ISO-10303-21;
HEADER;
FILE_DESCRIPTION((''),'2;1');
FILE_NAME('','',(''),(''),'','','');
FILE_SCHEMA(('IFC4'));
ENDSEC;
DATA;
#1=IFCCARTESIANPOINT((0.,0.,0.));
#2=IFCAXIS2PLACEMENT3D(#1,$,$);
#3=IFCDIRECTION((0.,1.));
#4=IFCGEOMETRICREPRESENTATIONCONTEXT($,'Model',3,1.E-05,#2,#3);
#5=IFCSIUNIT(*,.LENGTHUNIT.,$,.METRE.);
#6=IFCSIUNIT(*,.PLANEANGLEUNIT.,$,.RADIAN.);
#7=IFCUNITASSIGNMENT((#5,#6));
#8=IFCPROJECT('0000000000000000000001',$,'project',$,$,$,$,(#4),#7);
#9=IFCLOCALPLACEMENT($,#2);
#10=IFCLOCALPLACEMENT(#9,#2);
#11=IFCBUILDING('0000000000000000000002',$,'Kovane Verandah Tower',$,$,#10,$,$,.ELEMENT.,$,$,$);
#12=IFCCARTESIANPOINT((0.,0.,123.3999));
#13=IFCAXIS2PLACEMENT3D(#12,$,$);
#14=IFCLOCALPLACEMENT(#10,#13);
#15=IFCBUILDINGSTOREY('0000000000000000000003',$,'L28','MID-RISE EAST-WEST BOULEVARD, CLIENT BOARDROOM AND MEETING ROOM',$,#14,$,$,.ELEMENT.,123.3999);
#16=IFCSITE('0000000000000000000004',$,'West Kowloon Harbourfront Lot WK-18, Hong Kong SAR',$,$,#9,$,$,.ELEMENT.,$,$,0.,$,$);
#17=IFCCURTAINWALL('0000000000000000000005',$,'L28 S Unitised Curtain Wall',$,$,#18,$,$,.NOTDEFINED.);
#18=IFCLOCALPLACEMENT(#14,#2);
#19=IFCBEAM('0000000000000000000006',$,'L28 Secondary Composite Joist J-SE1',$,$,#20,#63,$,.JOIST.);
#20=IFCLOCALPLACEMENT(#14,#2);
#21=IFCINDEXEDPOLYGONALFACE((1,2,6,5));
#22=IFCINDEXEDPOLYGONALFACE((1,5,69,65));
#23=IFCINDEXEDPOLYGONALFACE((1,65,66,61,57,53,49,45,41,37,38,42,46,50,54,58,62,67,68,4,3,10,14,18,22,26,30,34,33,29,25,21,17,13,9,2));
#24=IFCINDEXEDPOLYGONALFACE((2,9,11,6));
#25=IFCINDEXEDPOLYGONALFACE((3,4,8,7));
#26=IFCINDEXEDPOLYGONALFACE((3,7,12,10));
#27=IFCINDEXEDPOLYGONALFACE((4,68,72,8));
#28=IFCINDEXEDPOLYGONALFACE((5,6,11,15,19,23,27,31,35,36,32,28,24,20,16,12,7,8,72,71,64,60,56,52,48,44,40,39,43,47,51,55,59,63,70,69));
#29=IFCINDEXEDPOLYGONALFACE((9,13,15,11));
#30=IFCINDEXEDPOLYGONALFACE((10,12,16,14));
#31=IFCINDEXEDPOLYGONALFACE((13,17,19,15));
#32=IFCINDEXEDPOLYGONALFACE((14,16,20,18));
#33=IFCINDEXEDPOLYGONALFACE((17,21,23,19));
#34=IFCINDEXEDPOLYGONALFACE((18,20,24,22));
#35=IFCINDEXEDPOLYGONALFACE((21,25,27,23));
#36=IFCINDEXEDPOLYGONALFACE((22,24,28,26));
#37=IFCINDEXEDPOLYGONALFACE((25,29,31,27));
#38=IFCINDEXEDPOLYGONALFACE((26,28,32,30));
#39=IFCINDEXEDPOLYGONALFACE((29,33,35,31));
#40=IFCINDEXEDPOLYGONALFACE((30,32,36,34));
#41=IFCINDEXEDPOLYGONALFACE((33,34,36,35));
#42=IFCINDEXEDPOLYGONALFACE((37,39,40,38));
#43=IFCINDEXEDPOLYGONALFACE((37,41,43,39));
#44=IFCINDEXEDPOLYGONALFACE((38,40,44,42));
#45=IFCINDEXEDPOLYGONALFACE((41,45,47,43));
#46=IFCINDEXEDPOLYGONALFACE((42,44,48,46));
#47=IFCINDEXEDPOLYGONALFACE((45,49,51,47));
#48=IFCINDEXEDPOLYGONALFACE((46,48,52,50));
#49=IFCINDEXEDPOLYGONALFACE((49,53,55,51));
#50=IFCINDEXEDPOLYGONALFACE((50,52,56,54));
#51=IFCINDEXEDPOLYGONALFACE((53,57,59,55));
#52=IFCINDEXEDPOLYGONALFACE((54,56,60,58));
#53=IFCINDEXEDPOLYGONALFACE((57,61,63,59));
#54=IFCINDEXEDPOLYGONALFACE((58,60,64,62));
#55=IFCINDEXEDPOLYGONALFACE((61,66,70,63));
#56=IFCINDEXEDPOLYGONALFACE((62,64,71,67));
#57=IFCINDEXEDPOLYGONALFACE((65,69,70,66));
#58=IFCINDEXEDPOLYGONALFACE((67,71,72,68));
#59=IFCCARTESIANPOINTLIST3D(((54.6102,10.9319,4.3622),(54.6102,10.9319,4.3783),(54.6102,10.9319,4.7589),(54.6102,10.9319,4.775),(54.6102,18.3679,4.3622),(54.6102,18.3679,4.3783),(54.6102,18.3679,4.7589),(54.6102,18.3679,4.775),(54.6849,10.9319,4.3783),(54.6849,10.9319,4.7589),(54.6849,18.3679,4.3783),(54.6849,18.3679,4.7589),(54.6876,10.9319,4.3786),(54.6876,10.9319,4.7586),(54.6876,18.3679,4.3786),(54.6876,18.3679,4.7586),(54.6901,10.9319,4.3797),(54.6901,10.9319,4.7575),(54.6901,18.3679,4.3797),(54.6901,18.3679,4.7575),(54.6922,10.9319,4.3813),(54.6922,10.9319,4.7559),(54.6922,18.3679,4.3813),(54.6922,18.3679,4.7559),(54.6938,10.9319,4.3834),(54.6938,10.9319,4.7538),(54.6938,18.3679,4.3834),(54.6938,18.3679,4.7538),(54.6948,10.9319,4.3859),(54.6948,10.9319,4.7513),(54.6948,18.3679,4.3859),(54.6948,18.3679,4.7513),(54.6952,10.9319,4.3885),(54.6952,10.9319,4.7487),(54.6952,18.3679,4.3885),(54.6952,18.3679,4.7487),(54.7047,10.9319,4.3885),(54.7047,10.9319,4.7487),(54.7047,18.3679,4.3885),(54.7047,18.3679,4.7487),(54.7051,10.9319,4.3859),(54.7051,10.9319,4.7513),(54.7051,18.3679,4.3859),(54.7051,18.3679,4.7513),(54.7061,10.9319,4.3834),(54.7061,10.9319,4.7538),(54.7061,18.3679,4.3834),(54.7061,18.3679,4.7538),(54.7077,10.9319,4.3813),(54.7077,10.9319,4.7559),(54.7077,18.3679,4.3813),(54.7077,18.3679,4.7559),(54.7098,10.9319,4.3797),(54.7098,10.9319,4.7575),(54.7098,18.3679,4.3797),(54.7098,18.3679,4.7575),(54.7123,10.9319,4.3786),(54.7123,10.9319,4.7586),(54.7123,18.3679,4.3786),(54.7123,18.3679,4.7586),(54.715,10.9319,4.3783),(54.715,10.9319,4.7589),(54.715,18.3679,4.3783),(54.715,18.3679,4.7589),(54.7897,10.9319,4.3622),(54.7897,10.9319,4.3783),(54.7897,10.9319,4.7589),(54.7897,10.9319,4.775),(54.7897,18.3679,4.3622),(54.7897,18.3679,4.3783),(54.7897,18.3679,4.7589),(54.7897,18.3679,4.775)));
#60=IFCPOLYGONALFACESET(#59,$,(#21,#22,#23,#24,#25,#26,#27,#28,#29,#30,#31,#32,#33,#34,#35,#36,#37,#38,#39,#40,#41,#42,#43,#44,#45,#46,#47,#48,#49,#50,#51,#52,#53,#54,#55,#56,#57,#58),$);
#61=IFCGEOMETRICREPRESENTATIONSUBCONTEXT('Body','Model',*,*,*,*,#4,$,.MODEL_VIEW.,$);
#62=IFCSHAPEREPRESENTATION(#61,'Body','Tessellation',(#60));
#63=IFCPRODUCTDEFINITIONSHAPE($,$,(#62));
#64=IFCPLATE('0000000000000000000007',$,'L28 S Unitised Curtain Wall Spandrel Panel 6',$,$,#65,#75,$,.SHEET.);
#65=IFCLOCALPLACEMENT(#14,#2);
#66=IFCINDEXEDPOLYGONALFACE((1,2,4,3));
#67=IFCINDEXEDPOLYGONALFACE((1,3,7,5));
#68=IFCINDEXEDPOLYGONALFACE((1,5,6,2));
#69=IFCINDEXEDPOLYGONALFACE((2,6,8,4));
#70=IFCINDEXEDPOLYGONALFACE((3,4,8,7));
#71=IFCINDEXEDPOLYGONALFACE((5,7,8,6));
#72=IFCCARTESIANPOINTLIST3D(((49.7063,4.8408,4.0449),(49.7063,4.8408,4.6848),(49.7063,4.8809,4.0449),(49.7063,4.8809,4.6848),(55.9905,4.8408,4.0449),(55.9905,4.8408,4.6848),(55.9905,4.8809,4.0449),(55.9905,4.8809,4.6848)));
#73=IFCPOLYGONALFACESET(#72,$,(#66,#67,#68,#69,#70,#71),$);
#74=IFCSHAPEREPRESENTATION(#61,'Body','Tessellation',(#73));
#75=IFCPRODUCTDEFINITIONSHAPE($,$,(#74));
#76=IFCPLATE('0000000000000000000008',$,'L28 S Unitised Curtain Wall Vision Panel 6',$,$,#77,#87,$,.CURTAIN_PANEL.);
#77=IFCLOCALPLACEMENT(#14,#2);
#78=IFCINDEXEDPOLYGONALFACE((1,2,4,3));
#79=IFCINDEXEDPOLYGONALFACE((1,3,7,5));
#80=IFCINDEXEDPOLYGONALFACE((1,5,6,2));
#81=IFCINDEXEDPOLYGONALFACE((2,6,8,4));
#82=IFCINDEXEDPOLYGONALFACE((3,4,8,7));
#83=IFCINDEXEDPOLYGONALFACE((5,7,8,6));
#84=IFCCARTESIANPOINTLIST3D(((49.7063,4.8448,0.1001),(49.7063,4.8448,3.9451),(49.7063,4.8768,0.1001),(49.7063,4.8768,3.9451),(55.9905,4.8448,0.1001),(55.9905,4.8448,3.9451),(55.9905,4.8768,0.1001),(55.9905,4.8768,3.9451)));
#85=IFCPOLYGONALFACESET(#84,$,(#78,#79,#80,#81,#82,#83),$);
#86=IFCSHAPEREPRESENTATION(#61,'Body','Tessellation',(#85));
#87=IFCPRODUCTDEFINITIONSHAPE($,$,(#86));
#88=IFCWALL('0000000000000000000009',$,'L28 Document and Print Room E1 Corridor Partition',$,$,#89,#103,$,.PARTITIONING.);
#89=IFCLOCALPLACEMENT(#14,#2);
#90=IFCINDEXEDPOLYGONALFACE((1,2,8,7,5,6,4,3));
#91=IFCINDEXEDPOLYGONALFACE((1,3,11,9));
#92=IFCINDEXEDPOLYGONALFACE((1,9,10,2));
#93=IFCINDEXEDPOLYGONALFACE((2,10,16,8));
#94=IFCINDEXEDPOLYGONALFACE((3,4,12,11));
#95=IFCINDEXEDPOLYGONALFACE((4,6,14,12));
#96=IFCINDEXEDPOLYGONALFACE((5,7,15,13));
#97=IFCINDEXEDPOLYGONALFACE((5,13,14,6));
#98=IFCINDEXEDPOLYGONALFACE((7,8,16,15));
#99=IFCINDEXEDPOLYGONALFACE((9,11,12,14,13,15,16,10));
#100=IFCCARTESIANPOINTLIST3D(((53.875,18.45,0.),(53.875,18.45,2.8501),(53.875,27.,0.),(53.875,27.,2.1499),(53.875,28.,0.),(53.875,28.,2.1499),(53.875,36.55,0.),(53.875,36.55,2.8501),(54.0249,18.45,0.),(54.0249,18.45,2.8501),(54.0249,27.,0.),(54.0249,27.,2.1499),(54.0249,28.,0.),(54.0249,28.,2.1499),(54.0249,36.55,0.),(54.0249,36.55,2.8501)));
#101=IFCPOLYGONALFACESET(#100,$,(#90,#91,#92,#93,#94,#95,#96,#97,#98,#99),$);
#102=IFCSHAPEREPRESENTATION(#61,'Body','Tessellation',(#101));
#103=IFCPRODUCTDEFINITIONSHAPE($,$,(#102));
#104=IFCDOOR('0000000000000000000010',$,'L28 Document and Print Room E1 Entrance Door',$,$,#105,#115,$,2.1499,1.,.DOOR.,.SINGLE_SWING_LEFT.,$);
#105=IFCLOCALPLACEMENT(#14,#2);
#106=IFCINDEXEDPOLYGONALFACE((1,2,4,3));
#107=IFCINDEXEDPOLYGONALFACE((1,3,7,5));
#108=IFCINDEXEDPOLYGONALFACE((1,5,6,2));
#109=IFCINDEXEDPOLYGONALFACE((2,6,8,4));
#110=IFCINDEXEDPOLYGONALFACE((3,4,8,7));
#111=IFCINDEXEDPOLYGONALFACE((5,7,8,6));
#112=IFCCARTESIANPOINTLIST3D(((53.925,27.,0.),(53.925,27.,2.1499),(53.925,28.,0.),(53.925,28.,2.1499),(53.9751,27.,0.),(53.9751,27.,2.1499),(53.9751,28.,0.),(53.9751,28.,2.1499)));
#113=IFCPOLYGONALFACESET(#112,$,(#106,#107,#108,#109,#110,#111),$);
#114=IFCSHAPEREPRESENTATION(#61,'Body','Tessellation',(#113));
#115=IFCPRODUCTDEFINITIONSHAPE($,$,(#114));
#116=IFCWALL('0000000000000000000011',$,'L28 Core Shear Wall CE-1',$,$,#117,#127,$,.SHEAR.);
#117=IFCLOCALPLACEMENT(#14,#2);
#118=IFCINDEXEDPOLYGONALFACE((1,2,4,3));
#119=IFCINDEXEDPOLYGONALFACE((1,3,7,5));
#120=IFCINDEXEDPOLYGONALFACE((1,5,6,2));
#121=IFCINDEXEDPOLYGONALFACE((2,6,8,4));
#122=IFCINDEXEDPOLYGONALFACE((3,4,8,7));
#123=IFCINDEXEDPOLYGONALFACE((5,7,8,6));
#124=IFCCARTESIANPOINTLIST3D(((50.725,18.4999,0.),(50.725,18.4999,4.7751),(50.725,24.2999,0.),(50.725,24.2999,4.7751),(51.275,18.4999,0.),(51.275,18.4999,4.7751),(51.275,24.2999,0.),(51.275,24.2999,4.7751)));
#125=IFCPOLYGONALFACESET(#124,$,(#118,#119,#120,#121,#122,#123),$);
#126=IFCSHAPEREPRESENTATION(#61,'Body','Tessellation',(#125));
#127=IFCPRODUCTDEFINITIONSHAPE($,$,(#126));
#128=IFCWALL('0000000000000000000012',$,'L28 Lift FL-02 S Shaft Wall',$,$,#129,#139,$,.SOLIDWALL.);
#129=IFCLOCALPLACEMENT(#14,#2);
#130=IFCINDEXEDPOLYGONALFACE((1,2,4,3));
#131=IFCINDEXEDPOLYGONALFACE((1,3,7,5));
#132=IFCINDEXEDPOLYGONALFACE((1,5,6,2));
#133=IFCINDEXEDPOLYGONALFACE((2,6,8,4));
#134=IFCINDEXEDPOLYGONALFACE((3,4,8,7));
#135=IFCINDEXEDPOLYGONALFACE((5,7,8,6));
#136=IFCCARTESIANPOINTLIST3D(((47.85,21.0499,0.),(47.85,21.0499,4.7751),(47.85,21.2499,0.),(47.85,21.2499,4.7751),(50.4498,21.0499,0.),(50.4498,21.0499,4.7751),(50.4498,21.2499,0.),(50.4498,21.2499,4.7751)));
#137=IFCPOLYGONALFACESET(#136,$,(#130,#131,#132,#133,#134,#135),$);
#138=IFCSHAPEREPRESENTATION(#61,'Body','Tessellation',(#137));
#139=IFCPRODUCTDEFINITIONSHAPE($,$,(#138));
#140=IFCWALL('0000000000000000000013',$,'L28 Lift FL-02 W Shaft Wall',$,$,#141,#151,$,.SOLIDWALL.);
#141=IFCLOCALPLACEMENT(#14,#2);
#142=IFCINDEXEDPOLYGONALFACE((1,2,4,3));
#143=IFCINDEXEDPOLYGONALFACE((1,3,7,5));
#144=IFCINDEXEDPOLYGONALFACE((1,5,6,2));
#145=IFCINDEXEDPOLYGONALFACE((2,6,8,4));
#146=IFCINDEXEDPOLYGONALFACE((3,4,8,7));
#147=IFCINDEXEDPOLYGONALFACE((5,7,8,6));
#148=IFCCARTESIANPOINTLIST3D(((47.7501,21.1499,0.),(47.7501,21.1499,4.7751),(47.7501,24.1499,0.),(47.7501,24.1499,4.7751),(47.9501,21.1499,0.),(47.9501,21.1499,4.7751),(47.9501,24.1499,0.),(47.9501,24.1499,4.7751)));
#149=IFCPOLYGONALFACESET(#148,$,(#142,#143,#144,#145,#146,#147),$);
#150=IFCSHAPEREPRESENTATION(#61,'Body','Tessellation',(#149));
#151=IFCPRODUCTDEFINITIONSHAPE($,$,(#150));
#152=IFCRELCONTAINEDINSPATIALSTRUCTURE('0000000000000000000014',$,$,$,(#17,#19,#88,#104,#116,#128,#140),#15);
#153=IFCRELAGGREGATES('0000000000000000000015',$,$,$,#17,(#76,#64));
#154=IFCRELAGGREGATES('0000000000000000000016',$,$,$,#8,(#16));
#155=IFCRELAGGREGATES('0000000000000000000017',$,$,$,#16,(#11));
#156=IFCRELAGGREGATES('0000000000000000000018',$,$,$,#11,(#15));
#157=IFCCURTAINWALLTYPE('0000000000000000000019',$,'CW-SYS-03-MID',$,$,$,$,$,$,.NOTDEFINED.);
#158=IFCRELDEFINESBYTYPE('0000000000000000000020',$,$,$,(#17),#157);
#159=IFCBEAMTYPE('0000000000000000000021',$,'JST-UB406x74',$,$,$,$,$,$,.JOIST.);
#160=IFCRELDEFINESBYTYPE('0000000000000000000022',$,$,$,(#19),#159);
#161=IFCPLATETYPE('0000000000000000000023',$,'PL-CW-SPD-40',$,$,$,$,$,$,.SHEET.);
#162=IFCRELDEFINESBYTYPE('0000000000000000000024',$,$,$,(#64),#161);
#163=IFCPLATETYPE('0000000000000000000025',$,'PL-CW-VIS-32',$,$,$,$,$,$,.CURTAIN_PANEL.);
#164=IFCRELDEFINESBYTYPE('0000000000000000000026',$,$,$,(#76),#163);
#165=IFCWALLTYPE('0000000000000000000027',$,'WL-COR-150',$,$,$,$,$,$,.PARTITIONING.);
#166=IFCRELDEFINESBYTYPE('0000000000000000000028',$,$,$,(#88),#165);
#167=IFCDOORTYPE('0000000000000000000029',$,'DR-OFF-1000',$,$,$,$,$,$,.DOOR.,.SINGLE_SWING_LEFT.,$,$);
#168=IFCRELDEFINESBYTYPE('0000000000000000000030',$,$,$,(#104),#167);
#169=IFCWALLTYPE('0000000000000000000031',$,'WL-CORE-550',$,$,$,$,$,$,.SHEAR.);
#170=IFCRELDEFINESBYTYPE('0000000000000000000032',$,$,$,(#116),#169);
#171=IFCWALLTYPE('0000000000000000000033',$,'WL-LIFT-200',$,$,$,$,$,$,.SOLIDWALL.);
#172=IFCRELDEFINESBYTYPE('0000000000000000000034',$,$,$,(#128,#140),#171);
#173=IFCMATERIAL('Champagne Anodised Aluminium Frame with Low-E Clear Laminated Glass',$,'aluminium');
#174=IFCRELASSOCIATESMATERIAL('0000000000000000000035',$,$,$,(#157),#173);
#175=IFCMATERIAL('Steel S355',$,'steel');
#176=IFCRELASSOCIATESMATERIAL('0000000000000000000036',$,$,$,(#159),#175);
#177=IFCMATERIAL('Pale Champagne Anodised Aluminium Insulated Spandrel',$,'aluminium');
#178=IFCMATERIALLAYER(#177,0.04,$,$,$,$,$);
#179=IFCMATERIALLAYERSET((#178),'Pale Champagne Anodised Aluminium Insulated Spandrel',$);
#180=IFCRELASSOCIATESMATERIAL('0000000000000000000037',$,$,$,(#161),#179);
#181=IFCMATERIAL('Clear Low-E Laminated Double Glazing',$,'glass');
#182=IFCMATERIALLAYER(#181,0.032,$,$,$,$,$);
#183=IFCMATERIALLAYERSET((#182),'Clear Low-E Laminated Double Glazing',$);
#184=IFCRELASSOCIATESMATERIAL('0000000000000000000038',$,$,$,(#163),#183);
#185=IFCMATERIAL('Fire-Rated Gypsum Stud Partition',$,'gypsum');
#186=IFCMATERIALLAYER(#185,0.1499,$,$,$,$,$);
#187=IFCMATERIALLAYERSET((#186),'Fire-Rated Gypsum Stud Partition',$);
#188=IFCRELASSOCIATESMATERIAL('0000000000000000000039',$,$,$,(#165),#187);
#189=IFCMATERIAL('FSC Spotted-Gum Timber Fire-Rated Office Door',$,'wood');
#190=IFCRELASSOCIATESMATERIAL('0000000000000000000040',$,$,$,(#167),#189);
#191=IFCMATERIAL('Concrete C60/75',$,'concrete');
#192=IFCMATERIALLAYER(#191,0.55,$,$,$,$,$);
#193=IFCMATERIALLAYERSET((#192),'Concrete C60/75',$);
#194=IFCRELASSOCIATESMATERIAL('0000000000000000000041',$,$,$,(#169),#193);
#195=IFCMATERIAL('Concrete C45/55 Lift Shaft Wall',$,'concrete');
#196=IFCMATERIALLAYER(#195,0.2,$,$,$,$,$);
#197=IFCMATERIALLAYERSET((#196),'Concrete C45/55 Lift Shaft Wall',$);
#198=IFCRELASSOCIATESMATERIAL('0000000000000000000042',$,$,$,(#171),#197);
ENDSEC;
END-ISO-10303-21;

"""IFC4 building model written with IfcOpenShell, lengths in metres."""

from ifc_helpers import new_model, si_unit, direction, frame, frame_2d, origin, origin_2d, place, context, subcontext, project, spatial, rectangle, i_section, extrude, material, layer, layer_set, material_profile, profile_set, type_object, element, fill, aggregate, save


model = new_model("IFC4")

# Units and contexts
model_context = context("Model", 3, precision=1e-05, world=origin(), true_north=direction((0.0, 1.0)))
body_context = subcontext(model_context, "Body", "Model", "MODEL_VIEW")
ifc_project = project(units=[si_unit("LENGTHUNIT", "METRE"), si_unit("PLANEANGLEUNIT", "RADIAN")], contexts=[model_context])

# Site, building, storey
site_placement = place(None, origin())
site = spatial("IfcSite", under=ifc_project, at=site_placement, Name="West Kowloon Harbourfront Lot WK-18, Hong Kong SAR", CompositionType="ELEMENT", RefElevation=0.0)
building_placement = place(site_placement, origin())
building = spatial("IfcBuilding", under=site, at=building_placement, Name="Kovane Verandah Tower", CompositionType="ELEMENT")
storey_placement = place(building_placement, frame((0.0, 0.0, 123.3999)))
storey = spatial("IfcBuildingStorey", under=building, at=storey_placement, Name="L28", Description="MID-RISE EAST-WEST BOULEVARD, CLIENT BOARDROOM AND MEETING ROOM", CompositionType="ELEMENT", Elevation=123.3999)

# Shared definitions
ifc_material_1 = material(Name="Concrete C60/75", Category="concrete")
ifc_material_2 = material(Name="Steel S355", Category="steel")

# Curtain wall
ifc_material_3 = material(Name="Champagne Anodised Aluminium Frame with Low-E Clear Laminated Glass", Category="aluminium")
curtain_wall_type = type_object("IfcCurtainWallType", Name="CW-SYS-03-MID", PredefinedType="NOTDEFINED", material=ifc_material_3)
curtain_wall_placement = place(storey_placement, origin())
curtain_wall = element("IfcCurtainWall", 1, at=curtain_wall_placement, inside=storey, type_object=curtain_wall_type, Name="L28 S Unitised Curtain Wall", PredefinedType="NOTDEFINED")

# Beam
ifc_material_profile_1 = material_profile(ifc_material_2, i_section(OverallWidth=0.1794, OverallDepth=0.4128, WebThickness=0.0095, FlangeThickness=0.0161, FilletRadius=0.0103, at=origin_2d()), Name="UB406x178x74")
ifc_profile_set_1 = profile_set([ifc_material_profile_1], Name="Steel S355")
beam_type_1 = type_object("IfcBeamType", Name="JST-UB406x74", PredefinedType="JOIST", material=ifc_profile_set_1)
beam_1_placement = place(storey_placement, frame((54.7, 10.9319, 4.5686), z_axis=(0.0, 1.0, 0.0), x_axis=(-1.0, 0.0, 0.0)))
element("IfcBeam", 2, at=beam_1_placement, inside=storey, type_object=beam_type_1, Name="L28 Secondary Composite Joist J-SE1", PredefinedType="JOIST", context=body_context, shape_type="SweptSolid", body=[
    extrude(i_section(OverallWidth=0.1794, OverallDepth=0.4128, WebThickness=0.0095, FlangeThickness=0.0161, FilletRadius=0.0103, at=origin_2d()), origin(), (0.0, 0.0, 1.0), 7.436),
])

# Plates
ifc_material_4 = material(Name="Pale Champagne Anodised Aluminium Insulated Spandrel", Category="aluminium")
ifc_layer_1 = layer(ifc_material_4, 0.04)
ifc_layer_set_1 = layer_set([ifc_layer_1], Name="Pale Champagne Anodised Aluminium Insulated Spandrel")
plate_type_1 = type_object("IfcPlateType", Name="PL-CW-SPD-40", PredefinedType="SHEET", material=ifc_layer_set_1)
plate_1_placement = place(storey_placement, frame((52.8484, 4.8608, 4.0449), z_axis=(0.0, 0.0, 1.0), x_axis=(1.0, 0.0, 0.0)))
plate_1 = element("IfcPlate", 3, at=plate_1_placement, type_object=plate_type_1, Name="L28 S Unitised Curtain Wall Spandrel Panel 6", PredefinedType="SHEET", context=body_context, shape_type="SweptSolid", body=[
    extrude(rectangle(XDim=6.2842, YDim=0.04, at=origin_2d()), origin(), (0.0, 0.0, 1.0), 0.6399),
])
ifc_material_5 = material(Name="Clear Low-E Laminated Double Glazing", Category="glass")
ifc_layer_2 = layer(ifc_material_5, 0.032)
ifc_layer_set_2 = layer_set([ifc_layer_2], Name="Clear Low-E Laminated Double Glazing")
plate_type_2 = type_object("IfcPlateType", Name="PL-CW-VIS-32", PredefinedType="CURTAIN_PANEL", material=ifc_layer_set_2)
plate_2_placement = place(storey_placement, frame((52.8484, 4.8608, 0.1001), z_axis=(0.0, 0.0, 1.0), x_axis=(1.0, 0.0, 0.0)))
plate_2 = element("IfcPlate", 4, at=plate_2_placement, type_object=plate_type_2, Name="L28 S Unitised Curtain Wall Vision Panel 6", PredefinedType="CURTAIN_PANEL", context=body_context, shape_type="SweptSolid", body=[
    extrude(rectangle(XDim=6.2842, YDim=0.032, at=origin_2d()), origin(), (0.0, 0.0, 1.0), 3.845),
])
aggregate(curtain_wall, [plate_2, plate_1])

# Wall, opening, door
ifc_material_6 = material(Name="Fire-Rated Gypsum Stud Partition", Category="gypsum")
ifc_layer_3 = layer(ifc_material_6, 0.1499)
ifc_layer_set_3 = layer_set([ifc_layer_3], Name="Fire-Rated Gypsum Stud Partition")
wall_type_1 = type_object("IfcWallType", Name="WL-COR-150", PredefinedType="PARTITIONING", material=ifc_layer_set_3)
wall_1_placement = place(storey_placement, frame((53.95, 18.45, 0.0), z_axis=(0.0, 0.0, 1.0), x_axis=(0.0, 1.0, 0.0)))
wall_1 = element("IfcWall", 5, at=wall_1_placement, inside=storey, type_object=wall_type_1, Name="L28 Document and Print Room E1 Corridor Partition", PredefinedType="PARTITIONING", context=body_context, shape_type="SweptSolid", body=[
    extrude(rectangle(XDim=18.1001, YDim=0.1499, at=frame_2d((9.05, 0.0))), origin(), (0.0, 0.0, 1.0), 2.8501),
])
opening_1_placement = place(wall_1_placement, frame((8.55, 0.0, 0.0)))
opening_1 = element("IfcOpeningElement", 6, at=opening_1_placement, cuts=wall_1, PredefinedType="OPENING", context=body_context, shape_type="SweptSolid", body=[
    extrude(rectangle(XDim=1.0, YDim=2.1499, at=frame_2d((0.5, 1.075))), frame((0.0, 0.075, 0.0), z_axis=(0.0, -1.0, 0.0), x_axis=(1.0, 0.0, 0.0)), (0.0, 0.0, 1.0), 0.1499),
])
ifc_material_7 = material(Name="FSC Spotted-Gum Timber Fire-Rated Office Door", Category="wood")
door_type_1 = type_object("IfcDoorType", Name="DR-OFF-1000", OperationType="SINGLE_SWING_LEFT", PredefinedType="DOOR", material=ifc_material_7)
door_1_placement = place(opening_1_placement, origin())
door_1 = element("IfcDoor", 7, at=door_1_placement, inside=storey, type_object=door_type_1, Name="L28 Document and Print Room E1 Entrance Door", OperationType="SINGLE_SWING_LEFT", OverallHeight=2.1499, OverallWidth=1.0, PredefinedType="DOOR", context=body_context, shape_type="SweptSolid", body=[
    extrude(rectangle(XDim=1.0, YDim=2.1499, at=frame_2d((0.5, 1.075))), frame((0.0, 0.0249, 0.0), z_axis=(0.0, -1.0, 0.0), x_axis=(1.0, 0.0, 0.0)), (0.0, 0.0, 1.0), 0.05),
])
fill(opening_1, door_1)

# Walls
ifc_layer_4 = layer(ifc_material_1, 0.55)
ifc_layer_set_4 = layer_set([ifc_layer_4], Name="Concrete C60/75")
wall_type_2 = type_object("IfcWallType", Name="WL-CORE-550", PredefinedType="SHEAR", material=ifc_layer_set_4)
wall_2_placement = place(storey_placement, frame((51.0, 18.5, 0.0), z_axis=(0.0, 0.0, 1.0), x_axis=(0.0, 1.0, 0.0)))
element("IfcWall", 8, at=wall_2_placement, inside=storey, type_object=wall_type_2, Name="L28 Core Shear Wall CE-1", PredefinedType="SHEAR", context=body_context, shape_type="SweptSolid", body=[
    extrude(rectangle(XDim=5.8, YDim=0.55, at=frame_2d((2.8999, 0.0))), origin(), (0.0, 0.0, 1.0), 4.7751),
])
ifc_material_8 = material(Name="Concrete C45/55 Lift Shaft Wall", Category="concrete")
ifc_layer_5 = layer(ifc_material_8, 0.2)
ifc_layer_set_5 = layer_set([ifc_layer_5], Name="Concrete C45/55 Lift Shaft Wall")
wall_type_3 = type_object("IfcWallType", Name="WL-LIFT-200", PredefinedType="SOLIDWALL", material=ifc_layer_set_5)
wall_3_placement = place(storey_placement, frame((47.8501, 21.1499, 0.0), z_axis=(0.0, 0.0, 1.0), x_axis=(1.0, 0.0, 0.0)))
element("IfcWall", 9, at=wall_3_placement, inside=storey, type_object=wall_type_3, Name="L28 Lift FL-02 S Shaft Wall", PredefinedType="SOLIDWALL", context=body_context, shape_type="SweptSolid", body=[
    extrude(rectangle(XDim=2.5999, YDim=0.2, at=frame_2d((1.2998, 0.0))), origin(), (0.0, 0.0, 1.0), 4.7751),
])

# Wall
wall_4_placement = place(storey_placement, frame((47.8501, 24.1499, 0.0), z_axis=(0.0, 0.0, 1.0), x_axis=(0.0, -1.0, 0.0)))
element("IfcWall", 10, at=wall_4_placement, inside=storey, type_object=wall_type_3, Name="L28 Lift FL-02 W Shaft Wall", PredefinedType="SOLIDWALL", context=body_context, shape_type="SweptSolid", body=[
    extrude(rectangle(XDim=3.0, YDim=0.2, at=frame_2d((1.5, 0.0))), origin(), (0.0, 0.0, 1.0), 4.7751),
])

save(model, "model.ifc")
